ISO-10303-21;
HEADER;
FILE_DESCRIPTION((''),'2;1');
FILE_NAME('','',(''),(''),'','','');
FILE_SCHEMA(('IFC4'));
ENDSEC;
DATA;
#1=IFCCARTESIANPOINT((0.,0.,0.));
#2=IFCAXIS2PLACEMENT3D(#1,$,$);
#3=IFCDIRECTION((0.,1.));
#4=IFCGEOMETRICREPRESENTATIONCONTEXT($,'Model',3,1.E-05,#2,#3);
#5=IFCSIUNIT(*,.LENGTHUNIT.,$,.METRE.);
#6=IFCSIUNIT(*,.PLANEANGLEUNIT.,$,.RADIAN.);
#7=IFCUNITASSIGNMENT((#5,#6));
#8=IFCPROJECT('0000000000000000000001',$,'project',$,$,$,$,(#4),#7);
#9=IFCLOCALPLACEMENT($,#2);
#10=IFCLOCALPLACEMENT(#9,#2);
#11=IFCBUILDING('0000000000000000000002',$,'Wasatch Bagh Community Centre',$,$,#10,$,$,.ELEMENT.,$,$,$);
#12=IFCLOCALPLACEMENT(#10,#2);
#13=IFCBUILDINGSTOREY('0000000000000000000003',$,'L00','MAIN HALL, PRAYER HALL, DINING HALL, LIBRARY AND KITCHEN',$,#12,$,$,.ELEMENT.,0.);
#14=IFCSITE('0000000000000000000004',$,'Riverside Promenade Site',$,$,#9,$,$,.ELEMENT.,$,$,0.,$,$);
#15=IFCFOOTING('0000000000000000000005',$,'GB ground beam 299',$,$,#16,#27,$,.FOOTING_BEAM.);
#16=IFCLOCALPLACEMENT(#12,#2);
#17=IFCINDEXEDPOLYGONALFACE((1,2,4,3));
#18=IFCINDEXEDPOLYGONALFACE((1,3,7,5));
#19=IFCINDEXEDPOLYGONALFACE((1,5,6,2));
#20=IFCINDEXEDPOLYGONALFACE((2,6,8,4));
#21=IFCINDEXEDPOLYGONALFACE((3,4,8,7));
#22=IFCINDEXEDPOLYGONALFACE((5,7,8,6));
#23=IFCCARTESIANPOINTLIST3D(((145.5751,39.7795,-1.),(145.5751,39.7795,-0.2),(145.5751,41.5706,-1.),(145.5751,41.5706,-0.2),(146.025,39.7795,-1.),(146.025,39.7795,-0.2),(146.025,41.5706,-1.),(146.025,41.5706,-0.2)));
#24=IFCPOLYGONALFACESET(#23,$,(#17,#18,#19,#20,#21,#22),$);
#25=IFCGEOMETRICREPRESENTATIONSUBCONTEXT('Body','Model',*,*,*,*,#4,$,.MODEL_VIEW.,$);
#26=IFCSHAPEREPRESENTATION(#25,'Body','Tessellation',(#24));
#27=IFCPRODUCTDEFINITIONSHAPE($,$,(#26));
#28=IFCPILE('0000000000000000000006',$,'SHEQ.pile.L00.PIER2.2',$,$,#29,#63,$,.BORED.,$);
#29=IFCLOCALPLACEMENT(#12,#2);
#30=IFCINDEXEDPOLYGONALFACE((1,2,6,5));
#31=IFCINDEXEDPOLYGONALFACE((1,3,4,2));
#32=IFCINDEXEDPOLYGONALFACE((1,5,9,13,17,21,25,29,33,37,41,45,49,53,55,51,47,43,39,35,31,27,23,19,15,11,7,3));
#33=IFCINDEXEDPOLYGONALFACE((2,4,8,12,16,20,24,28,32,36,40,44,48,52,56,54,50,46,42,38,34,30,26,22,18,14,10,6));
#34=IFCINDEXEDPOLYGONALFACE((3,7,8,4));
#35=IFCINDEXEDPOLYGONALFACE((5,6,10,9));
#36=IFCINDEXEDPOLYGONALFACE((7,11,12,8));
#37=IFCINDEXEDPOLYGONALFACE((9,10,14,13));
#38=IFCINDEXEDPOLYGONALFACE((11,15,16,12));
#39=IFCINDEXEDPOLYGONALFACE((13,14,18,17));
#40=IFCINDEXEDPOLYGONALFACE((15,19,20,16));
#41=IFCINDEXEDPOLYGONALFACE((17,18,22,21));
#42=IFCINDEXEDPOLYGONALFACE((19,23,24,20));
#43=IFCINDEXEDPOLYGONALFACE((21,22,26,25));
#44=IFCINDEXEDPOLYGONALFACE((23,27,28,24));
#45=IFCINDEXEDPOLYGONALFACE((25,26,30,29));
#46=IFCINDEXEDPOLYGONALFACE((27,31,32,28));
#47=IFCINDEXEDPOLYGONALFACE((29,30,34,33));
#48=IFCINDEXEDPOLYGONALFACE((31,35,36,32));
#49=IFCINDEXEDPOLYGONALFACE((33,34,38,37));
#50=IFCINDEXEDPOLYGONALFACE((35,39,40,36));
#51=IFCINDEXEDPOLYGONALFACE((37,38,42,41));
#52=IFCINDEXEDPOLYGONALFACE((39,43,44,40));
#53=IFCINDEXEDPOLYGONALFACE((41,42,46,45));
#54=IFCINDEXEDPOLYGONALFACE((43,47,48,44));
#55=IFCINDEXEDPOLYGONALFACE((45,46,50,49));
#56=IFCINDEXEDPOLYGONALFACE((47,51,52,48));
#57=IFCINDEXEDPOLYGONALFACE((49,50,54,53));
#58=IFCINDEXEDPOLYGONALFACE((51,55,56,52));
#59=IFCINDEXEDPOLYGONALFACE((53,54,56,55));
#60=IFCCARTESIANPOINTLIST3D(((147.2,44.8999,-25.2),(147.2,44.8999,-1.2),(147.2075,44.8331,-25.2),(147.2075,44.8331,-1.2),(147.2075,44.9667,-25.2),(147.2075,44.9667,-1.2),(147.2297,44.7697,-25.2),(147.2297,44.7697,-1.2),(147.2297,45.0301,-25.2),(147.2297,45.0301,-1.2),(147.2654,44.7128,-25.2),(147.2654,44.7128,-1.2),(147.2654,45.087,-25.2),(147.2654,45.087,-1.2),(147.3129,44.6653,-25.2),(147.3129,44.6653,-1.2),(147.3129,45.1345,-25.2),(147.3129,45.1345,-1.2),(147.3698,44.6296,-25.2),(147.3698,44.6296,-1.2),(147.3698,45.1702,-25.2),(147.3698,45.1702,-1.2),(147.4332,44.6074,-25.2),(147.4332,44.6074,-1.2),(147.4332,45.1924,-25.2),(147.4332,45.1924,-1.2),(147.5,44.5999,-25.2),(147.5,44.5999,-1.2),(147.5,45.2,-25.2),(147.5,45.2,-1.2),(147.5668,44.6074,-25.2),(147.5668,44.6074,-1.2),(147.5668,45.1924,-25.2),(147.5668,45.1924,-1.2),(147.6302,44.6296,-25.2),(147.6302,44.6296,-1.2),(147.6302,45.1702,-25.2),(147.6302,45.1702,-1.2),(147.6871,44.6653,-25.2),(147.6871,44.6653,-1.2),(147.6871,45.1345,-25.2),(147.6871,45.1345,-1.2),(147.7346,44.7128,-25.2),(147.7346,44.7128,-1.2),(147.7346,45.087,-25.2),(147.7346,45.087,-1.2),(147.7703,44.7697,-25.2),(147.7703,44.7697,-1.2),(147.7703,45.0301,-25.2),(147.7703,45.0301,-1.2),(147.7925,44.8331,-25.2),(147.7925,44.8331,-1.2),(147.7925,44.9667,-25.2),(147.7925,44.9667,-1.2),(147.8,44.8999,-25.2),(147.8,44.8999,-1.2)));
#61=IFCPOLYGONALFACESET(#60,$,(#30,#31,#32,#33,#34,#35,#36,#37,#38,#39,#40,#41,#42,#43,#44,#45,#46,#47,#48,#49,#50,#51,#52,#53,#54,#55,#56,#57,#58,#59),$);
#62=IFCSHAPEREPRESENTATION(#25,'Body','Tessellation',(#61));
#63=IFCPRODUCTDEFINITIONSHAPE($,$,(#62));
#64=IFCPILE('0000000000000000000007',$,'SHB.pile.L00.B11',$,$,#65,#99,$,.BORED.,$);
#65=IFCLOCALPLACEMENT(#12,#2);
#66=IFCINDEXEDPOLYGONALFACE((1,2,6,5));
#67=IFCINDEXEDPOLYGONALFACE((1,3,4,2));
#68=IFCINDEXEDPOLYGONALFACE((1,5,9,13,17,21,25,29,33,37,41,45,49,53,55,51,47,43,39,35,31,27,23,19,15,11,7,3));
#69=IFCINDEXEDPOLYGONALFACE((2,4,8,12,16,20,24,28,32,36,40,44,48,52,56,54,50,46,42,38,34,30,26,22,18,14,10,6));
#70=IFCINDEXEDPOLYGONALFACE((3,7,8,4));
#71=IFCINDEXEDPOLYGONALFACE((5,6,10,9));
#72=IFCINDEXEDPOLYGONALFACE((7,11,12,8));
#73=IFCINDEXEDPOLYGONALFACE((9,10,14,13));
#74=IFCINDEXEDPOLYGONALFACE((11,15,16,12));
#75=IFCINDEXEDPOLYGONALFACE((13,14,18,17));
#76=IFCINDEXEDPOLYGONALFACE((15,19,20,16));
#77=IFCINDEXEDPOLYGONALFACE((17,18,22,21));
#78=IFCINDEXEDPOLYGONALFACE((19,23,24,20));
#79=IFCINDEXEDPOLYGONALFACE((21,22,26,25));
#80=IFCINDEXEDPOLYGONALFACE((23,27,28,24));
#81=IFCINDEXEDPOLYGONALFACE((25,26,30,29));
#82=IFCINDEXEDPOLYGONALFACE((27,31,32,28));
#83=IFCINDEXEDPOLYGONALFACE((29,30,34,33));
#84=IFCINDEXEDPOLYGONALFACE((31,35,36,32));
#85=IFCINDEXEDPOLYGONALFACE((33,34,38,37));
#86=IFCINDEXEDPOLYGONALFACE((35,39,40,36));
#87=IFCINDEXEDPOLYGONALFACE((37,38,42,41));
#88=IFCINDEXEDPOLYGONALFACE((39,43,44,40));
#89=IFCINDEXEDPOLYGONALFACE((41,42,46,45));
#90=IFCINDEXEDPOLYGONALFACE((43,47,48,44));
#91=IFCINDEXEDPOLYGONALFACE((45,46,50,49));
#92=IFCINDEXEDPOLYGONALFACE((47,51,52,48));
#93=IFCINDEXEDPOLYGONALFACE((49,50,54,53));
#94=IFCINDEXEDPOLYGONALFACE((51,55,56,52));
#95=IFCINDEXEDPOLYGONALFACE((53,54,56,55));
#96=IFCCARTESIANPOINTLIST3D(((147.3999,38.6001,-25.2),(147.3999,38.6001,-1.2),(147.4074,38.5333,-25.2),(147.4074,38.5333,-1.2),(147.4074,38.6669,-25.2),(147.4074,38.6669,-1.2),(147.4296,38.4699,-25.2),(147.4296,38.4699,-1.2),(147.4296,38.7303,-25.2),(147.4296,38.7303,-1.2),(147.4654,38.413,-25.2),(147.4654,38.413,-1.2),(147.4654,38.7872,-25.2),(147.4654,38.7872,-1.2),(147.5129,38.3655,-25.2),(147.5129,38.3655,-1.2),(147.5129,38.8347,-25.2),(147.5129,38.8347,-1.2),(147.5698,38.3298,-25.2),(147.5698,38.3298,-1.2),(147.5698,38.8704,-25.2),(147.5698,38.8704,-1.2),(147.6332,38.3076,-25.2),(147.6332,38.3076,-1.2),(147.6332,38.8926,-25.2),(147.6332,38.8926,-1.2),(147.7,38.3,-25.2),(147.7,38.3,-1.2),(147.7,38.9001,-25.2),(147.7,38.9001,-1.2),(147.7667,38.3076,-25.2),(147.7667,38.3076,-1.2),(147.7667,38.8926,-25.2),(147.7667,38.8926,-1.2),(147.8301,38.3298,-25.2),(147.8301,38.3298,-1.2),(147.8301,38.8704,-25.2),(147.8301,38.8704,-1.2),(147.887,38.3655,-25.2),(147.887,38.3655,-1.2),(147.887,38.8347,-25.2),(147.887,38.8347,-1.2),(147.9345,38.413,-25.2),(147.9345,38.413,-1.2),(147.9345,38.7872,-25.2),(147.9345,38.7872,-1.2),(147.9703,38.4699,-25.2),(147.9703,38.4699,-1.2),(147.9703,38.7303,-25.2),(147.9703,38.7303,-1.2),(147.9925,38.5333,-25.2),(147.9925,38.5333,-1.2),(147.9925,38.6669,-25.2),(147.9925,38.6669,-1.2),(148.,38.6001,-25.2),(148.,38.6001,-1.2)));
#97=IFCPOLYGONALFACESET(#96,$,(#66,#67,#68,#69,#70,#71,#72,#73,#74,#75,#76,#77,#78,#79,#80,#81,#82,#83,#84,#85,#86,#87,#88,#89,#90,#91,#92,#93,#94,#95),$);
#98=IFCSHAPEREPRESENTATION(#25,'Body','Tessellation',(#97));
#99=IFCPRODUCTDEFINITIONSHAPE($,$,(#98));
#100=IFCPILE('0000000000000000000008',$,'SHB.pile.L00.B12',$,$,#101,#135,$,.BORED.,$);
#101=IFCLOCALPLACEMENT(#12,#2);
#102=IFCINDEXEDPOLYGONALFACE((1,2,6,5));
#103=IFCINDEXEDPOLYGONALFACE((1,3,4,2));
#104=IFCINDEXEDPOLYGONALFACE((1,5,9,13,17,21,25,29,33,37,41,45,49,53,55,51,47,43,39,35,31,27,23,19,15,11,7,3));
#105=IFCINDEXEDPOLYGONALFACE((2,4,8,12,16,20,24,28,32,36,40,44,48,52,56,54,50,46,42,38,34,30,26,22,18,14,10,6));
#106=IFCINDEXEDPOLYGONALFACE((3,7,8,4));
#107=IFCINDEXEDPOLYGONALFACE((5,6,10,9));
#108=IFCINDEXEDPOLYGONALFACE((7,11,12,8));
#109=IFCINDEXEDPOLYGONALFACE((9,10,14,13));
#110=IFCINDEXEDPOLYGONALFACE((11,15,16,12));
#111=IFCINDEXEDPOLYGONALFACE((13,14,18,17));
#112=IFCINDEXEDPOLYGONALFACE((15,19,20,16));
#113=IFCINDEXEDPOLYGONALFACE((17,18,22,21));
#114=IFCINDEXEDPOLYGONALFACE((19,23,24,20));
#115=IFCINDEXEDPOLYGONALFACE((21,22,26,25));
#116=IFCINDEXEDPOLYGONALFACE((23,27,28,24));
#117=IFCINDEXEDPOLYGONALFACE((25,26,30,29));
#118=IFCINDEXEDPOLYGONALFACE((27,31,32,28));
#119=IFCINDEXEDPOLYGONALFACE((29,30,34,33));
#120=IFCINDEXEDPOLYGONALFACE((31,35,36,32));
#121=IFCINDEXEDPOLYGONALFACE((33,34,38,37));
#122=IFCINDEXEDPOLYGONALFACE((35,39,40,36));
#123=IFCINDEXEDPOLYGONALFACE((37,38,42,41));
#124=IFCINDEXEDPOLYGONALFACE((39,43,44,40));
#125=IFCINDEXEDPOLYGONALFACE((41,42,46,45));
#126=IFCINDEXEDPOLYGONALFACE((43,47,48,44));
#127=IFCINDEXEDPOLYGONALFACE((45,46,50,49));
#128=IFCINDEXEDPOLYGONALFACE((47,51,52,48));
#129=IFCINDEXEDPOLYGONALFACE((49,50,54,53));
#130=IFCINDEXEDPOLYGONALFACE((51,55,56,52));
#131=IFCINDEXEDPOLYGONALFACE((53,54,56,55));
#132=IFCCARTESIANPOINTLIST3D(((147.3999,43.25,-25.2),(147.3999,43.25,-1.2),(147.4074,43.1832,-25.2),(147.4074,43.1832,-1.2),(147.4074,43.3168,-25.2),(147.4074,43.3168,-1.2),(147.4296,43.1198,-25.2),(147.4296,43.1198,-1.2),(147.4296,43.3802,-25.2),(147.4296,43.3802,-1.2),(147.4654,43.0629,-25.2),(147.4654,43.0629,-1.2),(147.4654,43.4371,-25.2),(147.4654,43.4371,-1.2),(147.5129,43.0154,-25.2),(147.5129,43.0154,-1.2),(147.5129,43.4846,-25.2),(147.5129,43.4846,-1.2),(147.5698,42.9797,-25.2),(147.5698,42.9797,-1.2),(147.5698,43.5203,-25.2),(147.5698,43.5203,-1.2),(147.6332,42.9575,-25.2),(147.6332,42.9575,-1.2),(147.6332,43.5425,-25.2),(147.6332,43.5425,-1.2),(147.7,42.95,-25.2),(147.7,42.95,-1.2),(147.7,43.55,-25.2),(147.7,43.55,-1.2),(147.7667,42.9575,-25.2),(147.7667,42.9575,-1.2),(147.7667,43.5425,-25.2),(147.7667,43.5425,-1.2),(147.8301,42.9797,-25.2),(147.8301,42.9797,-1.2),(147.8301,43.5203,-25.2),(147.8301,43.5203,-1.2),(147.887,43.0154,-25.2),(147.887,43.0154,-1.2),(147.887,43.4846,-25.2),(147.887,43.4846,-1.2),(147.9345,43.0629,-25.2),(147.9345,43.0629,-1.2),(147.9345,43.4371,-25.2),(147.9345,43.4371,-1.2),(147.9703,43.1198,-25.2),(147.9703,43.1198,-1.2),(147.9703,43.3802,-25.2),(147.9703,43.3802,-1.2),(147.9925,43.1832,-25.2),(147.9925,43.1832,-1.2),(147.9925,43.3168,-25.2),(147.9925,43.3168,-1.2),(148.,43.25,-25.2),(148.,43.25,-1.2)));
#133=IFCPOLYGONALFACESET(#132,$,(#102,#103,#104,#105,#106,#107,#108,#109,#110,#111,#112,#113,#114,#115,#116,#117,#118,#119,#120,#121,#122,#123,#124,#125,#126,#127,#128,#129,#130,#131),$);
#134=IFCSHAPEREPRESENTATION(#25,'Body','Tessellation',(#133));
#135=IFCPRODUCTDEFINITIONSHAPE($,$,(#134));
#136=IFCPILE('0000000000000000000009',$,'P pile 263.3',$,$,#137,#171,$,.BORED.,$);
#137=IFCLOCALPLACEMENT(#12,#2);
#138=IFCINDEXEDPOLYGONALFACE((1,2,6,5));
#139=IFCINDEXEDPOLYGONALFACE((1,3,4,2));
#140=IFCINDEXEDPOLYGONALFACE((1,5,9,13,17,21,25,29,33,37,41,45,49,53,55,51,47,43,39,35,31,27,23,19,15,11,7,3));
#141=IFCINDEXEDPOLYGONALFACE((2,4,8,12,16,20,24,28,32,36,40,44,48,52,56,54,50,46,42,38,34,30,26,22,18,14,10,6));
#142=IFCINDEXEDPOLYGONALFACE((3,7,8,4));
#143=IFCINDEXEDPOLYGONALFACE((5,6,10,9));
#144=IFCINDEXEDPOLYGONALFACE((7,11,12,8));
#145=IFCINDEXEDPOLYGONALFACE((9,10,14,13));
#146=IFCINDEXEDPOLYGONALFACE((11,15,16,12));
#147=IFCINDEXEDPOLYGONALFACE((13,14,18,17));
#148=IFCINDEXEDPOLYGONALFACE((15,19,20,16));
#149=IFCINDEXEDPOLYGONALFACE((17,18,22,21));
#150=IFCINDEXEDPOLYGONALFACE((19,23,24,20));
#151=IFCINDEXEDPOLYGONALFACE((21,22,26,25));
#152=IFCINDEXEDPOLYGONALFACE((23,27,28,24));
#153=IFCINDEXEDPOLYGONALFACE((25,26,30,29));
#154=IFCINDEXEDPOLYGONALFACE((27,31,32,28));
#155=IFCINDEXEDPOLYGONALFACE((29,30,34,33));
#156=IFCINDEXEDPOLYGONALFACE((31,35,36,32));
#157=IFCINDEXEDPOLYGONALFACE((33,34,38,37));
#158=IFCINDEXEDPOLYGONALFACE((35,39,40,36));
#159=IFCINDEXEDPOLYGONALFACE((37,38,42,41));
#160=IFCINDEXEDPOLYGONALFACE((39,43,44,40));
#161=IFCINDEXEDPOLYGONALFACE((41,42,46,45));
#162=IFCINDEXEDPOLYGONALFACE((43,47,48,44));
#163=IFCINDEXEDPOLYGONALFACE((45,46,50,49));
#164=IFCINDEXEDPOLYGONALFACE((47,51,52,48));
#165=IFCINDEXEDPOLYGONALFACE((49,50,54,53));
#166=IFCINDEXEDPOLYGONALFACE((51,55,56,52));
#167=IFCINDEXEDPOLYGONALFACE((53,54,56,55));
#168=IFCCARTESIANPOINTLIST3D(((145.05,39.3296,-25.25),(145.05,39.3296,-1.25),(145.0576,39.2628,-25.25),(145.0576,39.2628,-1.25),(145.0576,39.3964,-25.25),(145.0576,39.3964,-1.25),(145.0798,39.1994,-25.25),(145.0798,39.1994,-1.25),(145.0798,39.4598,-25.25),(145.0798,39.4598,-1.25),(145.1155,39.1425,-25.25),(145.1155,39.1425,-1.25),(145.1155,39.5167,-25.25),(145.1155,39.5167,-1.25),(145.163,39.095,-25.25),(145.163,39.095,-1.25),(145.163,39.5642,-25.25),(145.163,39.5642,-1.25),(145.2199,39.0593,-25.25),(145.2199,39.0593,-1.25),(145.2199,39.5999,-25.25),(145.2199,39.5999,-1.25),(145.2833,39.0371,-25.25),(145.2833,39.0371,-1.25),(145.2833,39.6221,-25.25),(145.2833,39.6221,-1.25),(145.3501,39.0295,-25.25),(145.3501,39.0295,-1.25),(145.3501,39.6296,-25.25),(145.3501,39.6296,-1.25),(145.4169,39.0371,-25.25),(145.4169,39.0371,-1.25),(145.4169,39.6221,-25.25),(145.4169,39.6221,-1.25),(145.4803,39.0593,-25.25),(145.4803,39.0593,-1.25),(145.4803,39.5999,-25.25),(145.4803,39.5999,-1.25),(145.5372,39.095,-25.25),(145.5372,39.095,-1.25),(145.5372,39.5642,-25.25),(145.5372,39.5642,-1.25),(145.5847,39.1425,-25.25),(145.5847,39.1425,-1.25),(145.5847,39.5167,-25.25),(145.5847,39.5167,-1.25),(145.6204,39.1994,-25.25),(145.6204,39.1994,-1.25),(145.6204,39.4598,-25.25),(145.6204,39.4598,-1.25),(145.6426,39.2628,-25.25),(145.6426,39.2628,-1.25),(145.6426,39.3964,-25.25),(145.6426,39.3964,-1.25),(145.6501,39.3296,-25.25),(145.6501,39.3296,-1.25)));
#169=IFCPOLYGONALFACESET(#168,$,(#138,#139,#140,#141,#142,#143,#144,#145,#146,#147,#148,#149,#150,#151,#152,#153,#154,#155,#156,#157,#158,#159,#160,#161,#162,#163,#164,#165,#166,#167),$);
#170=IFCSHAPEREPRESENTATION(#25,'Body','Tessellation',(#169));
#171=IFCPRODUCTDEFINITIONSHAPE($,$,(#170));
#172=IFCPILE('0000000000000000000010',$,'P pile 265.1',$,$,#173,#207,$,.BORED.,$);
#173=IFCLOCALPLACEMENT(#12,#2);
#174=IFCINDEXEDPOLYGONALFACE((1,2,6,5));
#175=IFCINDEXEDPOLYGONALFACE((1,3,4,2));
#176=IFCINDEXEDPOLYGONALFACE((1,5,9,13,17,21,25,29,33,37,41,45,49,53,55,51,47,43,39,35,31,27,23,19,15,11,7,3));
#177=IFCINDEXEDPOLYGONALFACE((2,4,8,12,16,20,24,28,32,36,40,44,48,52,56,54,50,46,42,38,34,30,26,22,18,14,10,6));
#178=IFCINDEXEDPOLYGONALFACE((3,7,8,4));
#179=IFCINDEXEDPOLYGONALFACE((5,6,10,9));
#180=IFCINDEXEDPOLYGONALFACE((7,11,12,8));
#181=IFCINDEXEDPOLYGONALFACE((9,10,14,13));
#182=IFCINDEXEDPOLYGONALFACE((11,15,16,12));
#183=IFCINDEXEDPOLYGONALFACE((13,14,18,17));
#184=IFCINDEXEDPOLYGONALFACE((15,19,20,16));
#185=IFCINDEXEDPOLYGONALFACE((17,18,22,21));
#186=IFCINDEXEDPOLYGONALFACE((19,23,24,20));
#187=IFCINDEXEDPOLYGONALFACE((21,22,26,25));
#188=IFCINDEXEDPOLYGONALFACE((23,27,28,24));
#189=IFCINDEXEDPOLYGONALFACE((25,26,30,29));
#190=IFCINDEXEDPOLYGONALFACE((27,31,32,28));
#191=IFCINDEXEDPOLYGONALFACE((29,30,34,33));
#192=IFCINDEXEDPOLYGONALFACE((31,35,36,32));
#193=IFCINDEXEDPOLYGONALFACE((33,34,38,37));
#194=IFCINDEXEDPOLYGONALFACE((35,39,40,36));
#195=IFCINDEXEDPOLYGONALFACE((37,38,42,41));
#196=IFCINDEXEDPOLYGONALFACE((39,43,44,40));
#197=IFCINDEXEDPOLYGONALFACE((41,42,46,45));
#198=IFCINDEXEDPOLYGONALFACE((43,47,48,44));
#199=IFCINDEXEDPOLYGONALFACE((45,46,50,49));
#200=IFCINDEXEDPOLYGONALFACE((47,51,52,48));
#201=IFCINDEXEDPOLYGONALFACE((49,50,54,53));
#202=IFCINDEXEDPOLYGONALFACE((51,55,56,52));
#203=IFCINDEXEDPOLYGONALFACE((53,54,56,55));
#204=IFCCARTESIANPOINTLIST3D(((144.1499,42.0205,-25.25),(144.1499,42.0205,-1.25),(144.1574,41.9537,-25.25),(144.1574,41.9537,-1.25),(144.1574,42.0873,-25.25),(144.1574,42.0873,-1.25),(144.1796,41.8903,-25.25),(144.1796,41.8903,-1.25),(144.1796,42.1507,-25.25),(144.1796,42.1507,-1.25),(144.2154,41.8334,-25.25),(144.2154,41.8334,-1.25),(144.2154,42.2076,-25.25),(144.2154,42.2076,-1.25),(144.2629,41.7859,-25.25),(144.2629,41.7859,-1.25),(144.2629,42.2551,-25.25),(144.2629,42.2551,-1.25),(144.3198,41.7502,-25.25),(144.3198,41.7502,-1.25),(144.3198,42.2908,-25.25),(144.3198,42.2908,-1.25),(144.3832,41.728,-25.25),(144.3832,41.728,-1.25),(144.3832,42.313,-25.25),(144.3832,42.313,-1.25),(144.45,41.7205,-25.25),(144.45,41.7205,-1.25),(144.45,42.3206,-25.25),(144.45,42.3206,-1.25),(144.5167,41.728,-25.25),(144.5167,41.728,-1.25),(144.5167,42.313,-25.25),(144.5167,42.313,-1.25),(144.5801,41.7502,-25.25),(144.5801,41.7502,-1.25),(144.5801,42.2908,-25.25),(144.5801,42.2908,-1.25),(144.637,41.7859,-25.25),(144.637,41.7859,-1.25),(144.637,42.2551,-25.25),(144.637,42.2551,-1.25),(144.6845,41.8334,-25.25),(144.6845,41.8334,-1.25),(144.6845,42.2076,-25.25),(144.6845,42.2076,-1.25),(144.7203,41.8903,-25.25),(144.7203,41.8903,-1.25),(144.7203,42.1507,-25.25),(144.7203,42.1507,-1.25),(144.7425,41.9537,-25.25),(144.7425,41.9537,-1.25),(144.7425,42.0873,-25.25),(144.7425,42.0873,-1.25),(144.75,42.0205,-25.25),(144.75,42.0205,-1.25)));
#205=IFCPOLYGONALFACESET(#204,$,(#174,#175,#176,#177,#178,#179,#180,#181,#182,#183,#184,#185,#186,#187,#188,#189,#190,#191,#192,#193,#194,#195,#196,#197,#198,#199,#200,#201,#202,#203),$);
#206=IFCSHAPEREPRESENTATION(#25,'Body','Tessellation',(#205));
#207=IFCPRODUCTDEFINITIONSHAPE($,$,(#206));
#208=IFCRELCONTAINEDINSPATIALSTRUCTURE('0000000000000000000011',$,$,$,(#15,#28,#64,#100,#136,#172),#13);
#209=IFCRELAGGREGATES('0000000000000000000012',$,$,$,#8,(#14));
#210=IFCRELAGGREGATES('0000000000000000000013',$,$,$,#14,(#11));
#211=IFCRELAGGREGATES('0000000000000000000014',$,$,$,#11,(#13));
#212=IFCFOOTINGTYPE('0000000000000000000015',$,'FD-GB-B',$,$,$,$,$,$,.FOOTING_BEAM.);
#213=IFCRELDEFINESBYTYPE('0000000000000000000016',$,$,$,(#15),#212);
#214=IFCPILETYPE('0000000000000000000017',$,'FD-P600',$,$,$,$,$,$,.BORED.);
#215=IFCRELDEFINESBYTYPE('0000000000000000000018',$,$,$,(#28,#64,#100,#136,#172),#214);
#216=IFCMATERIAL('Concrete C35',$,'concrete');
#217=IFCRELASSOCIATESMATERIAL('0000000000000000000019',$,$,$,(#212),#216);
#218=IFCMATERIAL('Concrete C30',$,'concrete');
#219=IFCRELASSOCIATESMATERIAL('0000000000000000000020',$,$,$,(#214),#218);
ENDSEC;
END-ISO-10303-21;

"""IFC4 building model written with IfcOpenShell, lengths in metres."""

from ifc_helpers import new_model, si_unit, direction, frame, origin, origin_2d, place, context, subcontext, project, spatial, rectangle, circle, extrude, material, material_profile, profile_set, type_object, element, save


model = new_model("IFC4")

# Units and contexts
model_context = context("Model", 3, precision=1e-05, world=origin(), true_north=direction((0.0, 1.0)))
body_context = subcontext(model_context, "Body", "Model", "MODEL_VIEW")
ifc_project = project(units=[si_unit("LENGTHUNIT", "METRE"), si_unit("PLANEANGLEUNIT", "RADIAN")], contexts=[model_context])

# Site, building, storey
site_placement = place(None, origin())
site = spatial("IfcSite", under=ifc_project, at=site_placement, Name="Riverside Promenade Site", CompositionType="ELEMENT", RefElevation=0.0)
building_placement = place(site_placement, origin())
building = spatial("IfcBuilding", under=site, at=building_placement, Name="Wasatch Bagh Community Centre", CompositionType="ELEMENT")
storey_placement = place(building_placement, origin())
storey = spatial("IfcBuildingStorey", under=building, at=storey_placement, Name="L00", Description="MAIN HALL, PRAYER HALL, DINING HALL, LIBRARY AND KITCHEN", CompositionType="ELEMENT", Elevation=0.0)

# Footing
ifc_material_1 = material(Name="Concrete C35", Category="concrete")
footing_type_1 = type_object("IfcFootingType", Name="FD-GB-B", PredefinedType="FOOTING_BEAM", material=ifc_material_1)
footing_1_placement = place(storey_placement, frame((145.8, 40.675, -1.0), z_axis=(0.0, 0.0, 1.0), x_axis=(0.0, 1.0, 0.0)))
element("IfcFooting", 1, at=footing_1_placement, inside=storey, type_object=footing_type_1, Name="GB ground beam 299", PredefinedType="FOOTING_BEAM", context=body_context, shape_type="SweptSolid", body=[
    extrude(rectangle(XDim=1.791, YDim=0.45, at=origin_2d()), origin(), (0.0, 0.0, 1.0), 0.8),
])

# Piles
ifc_material_2 = material(Name="Concrete C30", Category="concrete")
ifc_material_profile_1 = material_profile(ifc_material_2, circle(Radius=0.3, at=origin_2d()), Name="RC D600")
ifc_profile_set_1 = profile_set([ifc_material_profile_1], Name="Concrete C30")
pile_type = type_object("IfcPileType", Name="FD-P600", PredefinedType="BORED", material=ifc_profile_set_1)
for number, where, z_axis, x_axis, name in (
    (2, (147.5, 44.8999, -1.2), (0.0, 0.0, -1.0), (1.0, 0.0, 0.0), "SHEQ.pile.L00.PIER2.2"),
    (3, (147.7, 38.6001, -1.2), (0.0, 0.0, -1.0), (1.0, 0.0, 0.0), "SHB.pile.L00.B11"),
    (4, (147.7, 43.25, -1.2), (0.0, 0.0, -1.0), (1.0, 0.0, 0.0), "SHB.pile.L00.B12"),
    (5, (145.3501, 39.3296, -1.25), (0.0, 0.0, -1.0), (1.0, 0.0, 0.0), "P pile 263.3"),
    (6, (144.45, 42.0205, -1.25), (0.0, 0.0, -1.0), (1.0, 0.0, 0.0), "P pile 265.1"),
):
    element("IfcPile", number, at=place(storey_placement, frame(where, z_axis=z_axis, x_axis=x_axis)), inside=storey, type_object=pile_type, Name=name, PredefinedType="BORED", context=body_context, shape_type="SweptSolid", body=[
        extrude(circle(Radius=0.3, at=origin_2d()), origin(), (0.0, 0.0, 1.0), 24.0),
    ])

save(model, "model.ifc")
